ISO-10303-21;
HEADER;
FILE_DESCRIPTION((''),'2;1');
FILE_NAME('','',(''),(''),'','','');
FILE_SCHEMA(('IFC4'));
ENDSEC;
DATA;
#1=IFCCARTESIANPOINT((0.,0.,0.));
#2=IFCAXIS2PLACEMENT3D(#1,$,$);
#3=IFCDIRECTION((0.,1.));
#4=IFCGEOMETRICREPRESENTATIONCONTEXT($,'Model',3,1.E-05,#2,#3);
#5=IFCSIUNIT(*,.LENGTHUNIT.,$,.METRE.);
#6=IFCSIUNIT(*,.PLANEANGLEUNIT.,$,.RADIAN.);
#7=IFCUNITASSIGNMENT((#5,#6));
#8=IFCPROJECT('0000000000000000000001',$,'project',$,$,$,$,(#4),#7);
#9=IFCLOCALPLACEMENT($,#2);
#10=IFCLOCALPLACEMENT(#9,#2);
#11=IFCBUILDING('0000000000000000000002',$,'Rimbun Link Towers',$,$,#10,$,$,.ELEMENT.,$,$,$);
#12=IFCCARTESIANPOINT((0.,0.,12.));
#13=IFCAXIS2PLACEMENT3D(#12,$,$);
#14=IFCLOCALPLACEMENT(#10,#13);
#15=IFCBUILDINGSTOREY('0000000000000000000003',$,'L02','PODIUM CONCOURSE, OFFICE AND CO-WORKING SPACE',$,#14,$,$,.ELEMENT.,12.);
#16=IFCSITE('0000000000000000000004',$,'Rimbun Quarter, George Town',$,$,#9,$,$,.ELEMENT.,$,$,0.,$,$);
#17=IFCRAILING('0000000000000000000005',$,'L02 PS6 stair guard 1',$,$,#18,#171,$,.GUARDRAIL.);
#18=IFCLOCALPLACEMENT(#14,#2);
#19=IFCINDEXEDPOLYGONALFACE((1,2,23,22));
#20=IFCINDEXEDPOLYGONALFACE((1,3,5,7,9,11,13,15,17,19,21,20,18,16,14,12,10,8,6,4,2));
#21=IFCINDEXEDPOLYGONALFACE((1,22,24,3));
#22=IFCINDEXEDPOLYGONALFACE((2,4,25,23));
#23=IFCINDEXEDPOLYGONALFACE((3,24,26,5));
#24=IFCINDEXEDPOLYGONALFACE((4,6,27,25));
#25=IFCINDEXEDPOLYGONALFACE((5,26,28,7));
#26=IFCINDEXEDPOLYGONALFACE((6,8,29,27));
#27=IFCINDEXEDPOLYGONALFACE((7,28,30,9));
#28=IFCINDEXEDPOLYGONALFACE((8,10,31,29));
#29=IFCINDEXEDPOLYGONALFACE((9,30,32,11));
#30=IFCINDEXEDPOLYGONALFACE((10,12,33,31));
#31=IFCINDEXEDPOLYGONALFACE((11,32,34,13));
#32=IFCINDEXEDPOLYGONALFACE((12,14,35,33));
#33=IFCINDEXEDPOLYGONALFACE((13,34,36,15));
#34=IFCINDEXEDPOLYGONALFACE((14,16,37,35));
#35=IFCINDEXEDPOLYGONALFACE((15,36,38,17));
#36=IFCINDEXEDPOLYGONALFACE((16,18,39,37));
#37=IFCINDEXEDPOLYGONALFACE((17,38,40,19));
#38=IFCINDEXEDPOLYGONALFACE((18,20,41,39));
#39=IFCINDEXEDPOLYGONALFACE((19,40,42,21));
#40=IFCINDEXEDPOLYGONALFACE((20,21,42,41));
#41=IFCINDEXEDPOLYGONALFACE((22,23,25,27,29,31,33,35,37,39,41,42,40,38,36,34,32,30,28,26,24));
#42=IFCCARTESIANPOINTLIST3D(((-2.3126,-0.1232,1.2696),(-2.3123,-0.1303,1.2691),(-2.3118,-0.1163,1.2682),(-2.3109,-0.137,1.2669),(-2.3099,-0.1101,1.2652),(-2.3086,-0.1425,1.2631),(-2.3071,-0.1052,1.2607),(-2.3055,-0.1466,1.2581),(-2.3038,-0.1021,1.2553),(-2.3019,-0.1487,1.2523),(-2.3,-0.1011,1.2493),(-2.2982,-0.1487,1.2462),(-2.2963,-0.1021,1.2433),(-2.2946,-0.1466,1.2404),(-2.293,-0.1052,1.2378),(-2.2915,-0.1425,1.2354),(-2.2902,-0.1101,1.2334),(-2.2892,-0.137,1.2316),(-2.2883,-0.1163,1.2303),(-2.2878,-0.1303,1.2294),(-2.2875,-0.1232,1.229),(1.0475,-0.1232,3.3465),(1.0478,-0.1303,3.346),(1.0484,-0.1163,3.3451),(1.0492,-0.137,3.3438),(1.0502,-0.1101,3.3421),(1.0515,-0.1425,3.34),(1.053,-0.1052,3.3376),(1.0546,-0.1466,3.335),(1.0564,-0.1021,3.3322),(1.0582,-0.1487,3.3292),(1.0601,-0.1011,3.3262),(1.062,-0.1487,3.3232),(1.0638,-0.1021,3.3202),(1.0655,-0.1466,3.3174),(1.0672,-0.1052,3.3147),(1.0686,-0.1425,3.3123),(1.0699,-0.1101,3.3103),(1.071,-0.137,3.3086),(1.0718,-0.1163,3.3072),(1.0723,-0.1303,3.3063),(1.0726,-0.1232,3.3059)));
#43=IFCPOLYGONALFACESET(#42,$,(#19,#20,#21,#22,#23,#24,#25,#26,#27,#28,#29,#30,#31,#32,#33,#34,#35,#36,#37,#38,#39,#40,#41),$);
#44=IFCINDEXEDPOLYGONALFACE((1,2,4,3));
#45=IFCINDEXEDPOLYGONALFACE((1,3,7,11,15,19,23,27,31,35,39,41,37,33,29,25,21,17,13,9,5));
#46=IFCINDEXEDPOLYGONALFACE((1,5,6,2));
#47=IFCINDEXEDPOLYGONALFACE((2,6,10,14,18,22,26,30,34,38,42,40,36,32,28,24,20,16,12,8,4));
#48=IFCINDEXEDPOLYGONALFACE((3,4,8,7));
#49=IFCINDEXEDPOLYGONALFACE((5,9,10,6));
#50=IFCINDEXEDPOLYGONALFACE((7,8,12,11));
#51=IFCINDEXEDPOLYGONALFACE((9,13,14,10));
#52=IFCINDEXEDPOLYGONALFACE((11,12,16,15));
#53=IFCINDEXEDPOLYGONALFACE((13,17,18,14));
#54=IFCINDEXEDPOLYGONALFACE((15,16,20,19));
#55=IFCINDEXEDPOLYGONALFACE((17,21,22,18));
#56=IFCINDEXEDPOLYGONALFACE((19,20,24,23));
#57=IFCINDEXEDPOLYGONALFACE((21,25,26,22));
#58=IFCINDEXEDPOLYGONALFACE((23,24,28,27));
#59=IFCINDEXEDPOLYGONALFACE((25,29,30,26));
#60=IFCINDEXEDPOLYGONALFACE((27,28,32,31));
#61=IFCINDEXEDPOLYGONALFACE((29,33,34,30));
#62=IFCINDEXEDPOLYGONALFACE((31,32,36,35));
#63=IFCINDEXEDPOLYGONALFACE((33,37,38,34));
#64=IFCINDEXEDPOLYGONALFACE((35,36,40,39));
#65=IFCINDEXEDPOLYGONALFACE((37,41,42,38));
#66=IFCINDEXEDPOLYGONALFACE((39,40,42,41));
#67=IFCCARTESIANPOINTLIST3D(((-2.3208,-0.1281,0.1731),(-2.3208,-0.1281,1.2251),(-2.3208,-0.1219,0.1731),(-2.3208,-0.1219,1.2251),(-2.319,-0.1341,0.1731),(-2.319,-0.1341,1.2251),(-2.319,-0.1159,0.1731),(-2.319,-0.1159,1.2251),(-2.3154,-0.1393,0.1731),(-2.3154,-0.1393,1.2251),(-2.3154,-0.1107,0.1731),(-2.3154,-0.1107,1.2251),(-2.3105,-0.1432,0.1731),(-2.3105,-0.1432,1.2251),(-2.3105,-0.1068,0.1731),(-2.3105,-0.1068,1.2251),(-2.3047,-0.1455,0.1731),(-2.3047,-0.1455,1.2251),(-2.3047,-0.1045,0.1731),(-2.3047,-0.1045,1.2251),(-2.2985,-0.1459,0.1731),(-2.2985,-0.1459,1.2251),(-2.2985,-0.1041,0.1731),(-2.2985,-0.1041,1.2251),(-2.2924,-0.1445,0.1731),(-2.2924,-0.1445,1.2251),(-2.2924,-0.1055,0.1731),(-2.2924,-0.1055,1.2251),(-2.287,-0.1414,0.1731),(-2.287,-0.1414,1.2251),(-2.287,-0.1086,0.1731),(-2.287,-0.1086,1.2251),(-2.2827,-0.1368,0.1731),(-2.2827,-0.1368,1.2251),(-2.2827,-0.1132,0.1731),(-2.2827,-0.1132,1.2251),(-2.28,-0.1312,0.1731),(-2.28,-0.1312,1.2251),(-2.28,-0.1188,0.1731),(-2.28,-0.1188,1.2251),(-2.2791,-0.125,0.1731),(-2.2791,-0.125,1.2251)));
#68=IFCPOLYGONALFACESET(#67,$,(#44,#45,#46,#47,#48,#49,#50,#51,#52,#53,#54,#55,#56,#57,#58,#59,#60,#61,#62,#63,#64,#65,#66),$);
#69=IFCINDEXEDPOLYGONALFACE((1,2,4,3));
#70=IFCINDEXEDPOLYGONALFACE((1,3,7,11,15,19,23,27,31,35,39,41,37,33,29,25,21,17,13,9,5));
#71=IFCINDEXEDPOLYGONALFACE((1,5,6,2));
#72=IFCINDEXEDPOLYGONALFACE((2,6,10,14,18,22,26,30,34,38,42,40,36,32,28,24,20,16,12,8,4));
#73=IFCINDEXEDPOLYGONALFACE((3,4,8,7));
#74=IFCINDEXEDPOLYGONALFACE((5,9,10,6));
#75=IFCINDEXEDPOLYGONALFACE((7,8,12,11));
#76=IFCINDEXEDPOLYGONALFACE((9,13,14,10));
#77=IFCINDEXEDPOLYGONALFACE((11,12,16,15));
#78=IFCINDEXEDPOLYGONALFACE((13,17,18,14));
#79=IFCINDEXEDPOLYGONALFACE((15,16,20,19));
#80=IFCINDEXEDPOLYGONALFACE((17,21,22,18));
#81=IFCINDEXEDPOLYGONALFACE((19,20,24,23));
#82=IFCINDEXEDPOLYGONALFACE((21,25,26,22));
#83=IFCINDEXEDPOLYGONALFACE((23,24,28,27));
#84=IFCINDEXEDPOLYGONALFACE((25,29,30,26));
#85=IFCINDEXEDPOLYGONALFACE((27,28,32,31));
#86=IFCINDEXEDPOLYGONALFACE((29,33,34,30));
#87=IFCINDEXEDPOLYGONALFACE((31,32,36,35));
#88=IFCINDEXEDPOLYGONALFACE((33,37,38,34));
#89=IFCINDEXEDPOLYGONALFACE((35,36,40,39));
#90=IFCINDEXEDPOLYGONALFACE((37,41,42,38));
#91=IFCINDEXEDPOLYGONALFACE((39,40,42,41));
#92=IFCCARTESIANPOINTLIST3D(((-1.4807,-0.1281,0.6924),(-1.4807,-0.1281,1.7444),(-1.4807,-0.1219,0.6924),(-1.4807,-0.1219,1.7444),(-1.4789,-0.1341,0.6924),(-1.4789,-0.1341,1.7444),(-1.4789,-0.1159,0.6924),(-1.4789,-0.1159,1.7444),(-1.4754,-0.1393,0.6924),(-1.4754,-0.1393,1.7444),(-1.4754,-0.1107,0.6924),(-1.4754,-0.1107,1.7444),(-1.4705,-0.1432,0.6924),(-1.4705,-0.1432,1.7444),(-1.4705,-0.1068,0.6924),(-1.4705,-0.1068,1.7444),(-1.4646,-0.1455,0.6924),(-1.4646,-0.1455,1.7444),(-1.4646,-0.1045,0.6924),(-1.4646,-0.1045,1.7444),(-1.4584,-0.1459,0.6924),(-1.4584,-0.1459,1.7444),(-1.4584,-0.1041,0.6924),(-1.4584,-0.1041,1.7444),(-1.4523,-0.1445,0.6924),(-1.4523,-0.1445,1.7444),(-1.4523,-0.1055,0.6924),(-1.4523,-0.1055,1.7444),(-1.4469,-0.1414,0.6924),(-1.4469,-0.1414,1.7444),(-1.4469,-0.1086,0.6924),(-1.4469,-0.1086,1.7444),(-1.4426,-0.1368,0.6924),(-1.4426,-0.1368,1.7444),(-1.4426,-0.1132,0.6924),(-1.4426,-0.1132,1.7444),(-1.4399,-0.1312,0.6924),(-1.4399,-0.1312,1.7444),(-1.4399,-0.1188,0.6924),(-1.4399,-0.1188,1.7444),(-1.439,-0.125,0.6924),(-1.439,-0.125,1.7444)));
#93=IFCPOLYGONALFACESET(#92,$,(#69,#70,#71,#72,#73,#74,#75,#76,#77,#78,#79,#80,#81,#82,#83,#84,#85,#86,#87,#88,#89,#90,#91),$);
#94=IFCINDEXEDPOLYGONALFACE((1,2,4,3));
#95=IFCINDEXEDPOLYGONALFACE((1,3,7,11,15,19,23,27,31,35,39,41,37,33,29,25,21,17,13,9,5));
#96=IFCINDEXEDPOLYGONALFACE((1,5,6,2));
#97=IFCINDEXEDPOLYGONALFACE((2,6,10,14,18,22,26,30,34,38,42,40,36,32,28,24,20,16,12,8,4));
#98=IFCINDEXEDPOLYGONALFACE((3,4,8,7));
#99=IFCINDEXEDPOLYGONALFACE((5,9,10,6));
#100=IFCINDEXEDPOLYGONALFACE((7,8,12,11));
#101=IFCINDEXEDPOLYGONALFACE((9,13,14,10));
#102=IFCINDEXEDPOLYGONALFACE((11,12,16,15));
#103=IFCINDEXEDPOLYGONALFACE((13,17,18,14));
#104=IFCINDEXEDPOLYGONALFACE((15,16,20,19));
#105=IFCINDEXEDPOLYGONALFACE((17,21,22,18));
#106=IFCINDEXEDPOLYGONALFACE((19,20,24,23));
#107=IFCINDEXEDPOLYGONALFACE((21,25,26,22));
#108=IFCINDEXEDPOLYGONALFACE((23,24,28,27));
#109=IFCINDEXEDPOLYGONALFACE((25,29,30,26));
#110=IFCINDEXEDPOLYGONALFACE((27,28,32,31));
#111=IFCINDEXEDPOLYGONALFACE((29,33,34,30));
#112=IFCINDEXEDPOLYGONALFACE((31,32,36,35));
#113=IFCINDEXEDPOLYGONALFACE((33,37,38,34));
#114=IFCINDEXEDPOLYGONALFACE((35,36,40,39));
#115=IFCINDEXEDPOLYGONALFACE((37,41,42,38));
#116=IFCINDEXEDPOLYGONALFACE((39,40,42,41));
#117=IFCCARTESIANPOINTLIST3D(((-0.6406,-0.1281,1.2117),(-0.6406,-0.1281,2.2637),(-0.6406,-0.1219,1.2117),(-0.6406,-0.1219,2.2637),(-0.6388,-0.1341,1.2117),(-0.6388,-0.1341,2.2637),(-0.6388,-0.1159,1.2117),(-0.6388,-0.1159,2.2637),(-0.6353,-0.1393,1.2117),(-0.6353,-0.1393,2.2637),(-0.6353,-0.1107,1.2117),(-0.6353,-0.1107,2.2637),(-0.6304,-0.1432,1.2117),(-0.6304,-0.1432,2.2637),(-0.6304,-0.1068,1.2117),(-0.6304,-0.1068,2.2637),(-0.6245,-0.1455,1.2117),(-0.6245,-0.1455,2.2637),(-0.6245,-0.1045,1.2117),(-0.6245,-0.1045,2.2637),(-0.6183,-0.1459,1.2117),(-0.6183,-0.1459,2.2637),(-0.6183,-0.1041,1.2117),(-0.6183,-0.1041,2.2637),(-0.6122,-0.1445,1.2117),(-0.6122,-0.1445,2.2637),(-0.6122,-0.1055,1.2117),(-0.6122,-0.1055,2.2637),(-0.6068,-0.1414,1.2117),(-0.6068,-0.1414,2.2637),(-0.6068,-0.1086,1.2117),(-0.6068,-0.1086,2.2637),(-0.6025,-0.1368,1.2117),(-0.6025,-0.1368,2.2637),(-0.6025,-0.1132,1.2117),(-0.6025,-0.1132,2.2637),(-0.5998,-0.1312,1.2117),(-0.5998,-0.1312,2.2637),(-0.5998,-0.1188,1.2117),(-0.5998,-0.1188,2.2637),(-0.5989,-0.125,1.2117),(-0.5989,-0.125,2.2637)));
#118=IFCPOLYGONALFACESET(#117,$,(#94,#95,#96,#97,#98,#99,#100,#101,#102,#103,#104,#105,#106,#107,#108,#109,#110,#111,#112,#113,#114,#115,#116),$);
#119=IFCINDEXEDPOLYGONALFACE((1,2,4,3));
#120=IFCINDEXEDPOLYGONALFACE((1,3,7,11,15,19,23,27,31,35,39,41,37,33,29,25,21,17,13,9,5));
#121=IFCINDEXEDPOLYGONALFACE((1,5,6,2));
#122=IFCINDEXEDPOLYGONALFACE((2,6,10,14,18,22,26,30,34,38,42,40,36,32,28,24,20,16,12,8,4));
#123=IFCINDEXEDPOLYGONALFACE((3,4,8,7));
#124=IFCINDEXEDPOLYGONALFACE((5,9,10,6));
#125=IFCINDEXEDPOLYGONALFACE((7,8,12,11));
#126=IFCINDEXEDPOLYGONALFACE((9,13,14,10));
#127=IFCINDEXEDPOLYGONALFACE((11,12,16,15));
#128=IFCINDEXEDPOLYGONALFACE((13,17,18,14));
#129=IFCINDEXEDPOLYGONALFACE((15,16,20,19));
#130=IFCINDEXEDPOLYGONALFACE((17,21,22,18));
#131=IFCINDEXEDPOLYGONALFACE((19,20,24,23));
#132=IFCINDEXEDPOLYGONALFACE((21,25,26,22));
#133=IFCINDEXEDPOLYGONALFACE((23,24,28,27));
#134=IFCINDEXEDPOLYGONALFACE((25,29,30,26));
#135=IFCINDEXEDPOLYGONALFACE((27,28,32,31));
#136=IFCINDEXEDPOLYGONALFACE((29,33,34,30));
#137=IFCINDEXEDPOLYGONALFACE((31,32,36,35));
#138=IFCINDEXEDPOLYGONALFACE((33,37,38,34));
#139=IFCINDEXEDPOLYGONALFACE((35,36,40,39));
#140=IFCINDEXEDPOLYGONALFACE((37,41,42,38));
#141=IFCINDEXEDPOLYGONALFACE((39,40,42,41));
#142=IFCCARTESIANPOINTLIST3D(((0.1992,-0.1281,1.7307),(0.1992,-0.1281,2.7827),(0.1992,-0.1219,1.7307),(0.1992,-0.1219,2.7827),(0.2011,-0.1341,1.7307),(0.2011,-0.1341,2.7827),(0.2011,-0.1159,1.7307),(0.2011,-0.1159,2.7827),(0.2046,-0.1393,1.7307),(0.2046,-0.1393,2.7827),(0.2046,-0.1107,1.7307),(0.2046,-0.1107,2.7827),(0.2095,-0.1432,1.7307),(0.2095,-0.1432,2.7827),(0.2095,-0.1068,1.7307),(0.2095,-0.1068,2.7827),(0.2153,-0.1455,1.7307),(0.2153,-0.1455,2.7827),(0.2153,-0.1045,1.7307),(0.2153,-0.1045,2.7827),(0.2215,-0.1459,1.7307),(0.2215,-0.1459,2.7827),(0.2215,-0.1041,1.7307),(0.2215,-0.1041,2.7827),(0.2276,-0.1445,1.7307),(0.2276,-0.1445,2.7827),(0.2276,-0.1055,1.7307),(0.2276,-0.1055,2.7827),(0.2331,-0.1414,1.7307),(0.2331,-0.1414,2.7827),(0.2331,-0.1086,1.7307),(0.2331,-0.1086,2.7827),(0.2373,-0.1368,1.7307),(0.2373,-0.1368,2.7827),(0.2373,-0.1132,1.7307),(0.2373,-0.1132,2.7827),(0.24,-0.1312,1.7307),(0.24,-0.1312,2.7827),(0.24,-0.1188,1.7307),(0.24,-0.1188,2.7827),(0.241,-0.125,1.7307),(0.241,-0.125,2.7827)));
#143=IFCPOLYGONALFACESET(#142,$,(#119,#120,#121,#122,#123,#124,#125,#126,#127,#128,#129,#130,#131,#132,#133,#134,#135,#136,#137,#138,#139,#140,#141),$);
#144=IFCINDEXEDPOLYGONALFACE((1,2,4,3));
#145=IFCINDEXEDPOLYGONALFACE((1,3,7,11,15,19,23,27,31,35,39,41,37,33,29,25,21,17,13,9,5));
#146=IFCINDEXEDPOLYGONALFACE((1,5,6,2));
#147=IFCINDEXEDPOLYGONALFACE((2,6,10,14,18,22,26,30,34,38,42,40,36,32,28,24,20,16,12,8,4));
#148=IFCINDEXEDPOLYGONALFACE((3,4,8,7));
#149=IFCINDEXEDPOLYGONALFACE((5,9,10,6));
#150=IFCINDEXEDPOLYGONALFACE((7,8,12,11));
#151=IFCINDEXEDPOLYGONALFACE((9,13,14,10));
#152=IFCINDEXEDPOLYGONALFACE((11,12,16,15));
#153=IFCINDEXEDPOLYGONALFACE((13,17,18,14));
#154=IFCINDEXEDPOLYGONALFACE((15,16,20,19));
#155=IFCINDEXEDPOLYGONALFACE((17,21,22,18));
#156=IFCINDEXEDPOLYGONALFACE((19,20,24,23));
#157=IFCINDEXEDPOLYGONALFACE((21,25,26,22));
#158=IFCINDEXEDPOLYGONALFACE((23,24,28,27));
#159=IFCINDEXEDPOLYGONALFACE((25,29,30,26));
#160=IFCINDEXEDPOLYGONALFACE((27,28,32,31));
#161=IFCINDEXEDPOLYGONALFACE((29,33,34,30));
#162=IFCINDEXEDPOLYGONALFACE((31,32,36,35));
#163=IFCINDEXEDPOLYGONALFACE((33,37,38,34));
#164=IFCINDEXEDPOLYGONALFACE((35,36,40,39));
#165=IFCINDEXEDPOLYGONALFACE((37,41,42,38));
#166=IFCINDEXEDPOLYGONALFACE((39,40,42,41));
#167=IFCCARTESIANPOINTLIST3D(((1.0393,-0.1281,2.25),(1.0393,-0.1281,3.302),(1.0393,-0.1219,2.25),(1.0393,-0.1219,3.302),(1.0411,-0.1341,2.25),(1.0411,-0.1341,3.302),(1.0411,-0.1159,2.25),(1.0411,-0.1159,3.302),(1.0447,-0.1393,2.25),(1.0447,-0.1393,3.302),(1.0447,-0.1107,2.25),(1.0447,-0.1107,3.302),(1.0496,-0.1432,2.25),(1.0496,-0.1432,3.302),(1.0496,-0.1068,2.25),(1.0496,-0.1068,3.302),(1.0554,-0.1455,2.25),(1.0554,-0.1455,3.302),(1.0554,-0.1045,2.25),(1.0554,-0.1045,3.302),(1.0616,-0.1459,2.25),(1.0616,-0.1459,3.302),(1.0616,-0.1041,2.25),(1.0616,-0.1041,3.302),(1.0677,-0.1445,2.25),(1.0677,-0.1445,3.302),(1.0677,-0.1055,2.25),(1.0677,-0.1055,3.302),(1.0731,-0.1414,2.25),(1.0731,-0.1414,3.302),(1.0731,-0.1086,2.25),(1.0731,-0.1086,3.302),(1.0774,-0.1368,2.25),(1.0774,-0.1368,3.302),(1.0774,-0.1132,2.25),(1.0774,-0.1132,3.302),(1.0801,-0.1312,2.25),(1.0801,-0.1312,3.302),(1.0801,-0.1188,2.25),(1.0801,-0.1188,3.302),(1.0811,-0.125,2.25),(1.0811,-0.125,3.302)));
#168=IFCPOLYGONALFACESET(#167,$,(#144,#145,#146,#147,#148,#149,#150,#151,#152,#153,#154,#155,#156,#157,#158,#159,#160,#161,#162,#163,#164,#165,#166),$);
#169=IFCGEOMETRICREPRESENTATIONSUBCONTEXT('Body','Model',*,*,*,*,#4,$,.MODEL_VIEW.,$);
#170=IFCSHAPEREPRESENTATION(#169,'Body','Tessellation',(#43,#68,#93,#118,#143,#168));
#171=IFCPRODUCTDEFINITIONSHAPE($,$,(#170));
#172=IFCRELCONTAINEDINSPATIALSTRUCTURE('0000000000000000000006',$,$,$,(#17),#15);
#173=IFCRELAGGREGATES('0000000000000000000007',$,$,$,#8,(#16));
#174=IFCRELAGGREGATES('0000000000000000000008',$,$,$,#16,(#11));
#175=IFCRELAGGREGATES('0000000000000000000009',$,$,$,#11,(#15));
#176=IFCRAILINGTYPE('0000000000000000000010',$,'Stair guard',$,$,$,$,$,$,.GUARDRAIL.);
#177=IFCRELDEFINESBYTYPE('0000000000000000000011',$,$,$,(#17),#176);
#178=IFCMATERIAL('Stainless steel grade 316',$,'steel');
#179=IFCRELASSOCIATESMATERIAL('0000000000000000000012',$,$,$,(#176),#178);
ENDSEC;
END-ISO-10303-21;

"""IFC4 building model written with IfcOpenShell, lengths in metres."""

from ifc_helpers import new_model, si_unit, direction, frame, origin, origin_2d, place, context, subcontext, project, spatial, circle, extrude, material, type_object, element, save


model = new_model("IFC4")

# Units and contexts
model_context = context("Model", 3, precision=1e-05, world=origin(), true_north=direction((0.0, 1.0)))
body_context = subcontext(model_context, "Body", "Model", "MODEL_VIEW")
ifc_project = project(units=[si_unit("LENGTHUNIT", "METRE"), si_unit("PLANEANGLEUNIT", "RADIAN")], contexts=[model_context])

# Site, building, storey
site_placement = place(None, origin())
site = spatial("IfcSite", under=ifc_project, at=site_placement, Name="Rimbun Quarter, George Town", CompositionType="ELEMENT", RefElevation=0.0)
building_placement = place(site_placement, origin())
building = spatial("IfcBuilding", under=site, at=building_placement, Name="Rimbun Link Towers", CompositionType="ELEMENT")
storey_placement = place(building_placement, frame((0.0, 0.0, 12.0)))
storey = spatial("IfcBuildingStorey", under=building, at=storey_placement, Name="L02", Description="PODIUM CONCOURSE, OFFICE AND CO-WORKING SPACE", CompositionType="ELEMENT", Elevation=12.0)

# Railing
ifc_material_1 = material(Name="Stainless steel grade 316", Category="steel")
railing_type_1 = type_object("IfcRailingType", Name="Stair guard", PredefinedType="GUARDRAIL", material=ifc_material_1)
railing_1_placement = place(storey_placement, frame((-2.3, -0.125, 0.1731)))
element("IfcRailing", 1, at=railing_1_placement, inside=storey, type_object=railing_type_1, Name="L02 PS6 stair guard 1", PredefinedType="GUARDRAIL", context=body_context, shape_type="SweptSolid", body=[
    extrude(circle(Radius=0.0239, at=origin_2d()), frame((0.0, 0.0, 1.0762), z_axis=(0.850623, 0.0, 0.525776), x_axis=(0.0, 1.0, 0.0)), (0.0, 0.0, 1.0), 3.9502),
    extrude(circle(Radius=0.021, at=origin_2d()), origin(), (0.0, 0.0, 1.0), 1.052),
    extrude(circle(Radius=0.021, at=origin_2d()), frame((0.8401, 0.0, 0.5193)), (0.0, 0.0, 1.0), 1.052),
    extrude(circle(Radius=0.021, at=origin_2d()), frame((1.6802, 0.0, 1.0386)), (0.0, 0.0, 1.0), 1.052),
    extrude(circle(Radius=0.021, at=origin_2d()), frame((2.52, 0.0, 1.5576)), (0.0, 0.0, 1.0), 1.052),
    extrude(circle(Radius=0.021, at=origin_2d()), frame((3.3601, 0.0, 2.0769)), (0.0, 0.0, 1.0), 1.052),
])

save(model, "model.ifc")
